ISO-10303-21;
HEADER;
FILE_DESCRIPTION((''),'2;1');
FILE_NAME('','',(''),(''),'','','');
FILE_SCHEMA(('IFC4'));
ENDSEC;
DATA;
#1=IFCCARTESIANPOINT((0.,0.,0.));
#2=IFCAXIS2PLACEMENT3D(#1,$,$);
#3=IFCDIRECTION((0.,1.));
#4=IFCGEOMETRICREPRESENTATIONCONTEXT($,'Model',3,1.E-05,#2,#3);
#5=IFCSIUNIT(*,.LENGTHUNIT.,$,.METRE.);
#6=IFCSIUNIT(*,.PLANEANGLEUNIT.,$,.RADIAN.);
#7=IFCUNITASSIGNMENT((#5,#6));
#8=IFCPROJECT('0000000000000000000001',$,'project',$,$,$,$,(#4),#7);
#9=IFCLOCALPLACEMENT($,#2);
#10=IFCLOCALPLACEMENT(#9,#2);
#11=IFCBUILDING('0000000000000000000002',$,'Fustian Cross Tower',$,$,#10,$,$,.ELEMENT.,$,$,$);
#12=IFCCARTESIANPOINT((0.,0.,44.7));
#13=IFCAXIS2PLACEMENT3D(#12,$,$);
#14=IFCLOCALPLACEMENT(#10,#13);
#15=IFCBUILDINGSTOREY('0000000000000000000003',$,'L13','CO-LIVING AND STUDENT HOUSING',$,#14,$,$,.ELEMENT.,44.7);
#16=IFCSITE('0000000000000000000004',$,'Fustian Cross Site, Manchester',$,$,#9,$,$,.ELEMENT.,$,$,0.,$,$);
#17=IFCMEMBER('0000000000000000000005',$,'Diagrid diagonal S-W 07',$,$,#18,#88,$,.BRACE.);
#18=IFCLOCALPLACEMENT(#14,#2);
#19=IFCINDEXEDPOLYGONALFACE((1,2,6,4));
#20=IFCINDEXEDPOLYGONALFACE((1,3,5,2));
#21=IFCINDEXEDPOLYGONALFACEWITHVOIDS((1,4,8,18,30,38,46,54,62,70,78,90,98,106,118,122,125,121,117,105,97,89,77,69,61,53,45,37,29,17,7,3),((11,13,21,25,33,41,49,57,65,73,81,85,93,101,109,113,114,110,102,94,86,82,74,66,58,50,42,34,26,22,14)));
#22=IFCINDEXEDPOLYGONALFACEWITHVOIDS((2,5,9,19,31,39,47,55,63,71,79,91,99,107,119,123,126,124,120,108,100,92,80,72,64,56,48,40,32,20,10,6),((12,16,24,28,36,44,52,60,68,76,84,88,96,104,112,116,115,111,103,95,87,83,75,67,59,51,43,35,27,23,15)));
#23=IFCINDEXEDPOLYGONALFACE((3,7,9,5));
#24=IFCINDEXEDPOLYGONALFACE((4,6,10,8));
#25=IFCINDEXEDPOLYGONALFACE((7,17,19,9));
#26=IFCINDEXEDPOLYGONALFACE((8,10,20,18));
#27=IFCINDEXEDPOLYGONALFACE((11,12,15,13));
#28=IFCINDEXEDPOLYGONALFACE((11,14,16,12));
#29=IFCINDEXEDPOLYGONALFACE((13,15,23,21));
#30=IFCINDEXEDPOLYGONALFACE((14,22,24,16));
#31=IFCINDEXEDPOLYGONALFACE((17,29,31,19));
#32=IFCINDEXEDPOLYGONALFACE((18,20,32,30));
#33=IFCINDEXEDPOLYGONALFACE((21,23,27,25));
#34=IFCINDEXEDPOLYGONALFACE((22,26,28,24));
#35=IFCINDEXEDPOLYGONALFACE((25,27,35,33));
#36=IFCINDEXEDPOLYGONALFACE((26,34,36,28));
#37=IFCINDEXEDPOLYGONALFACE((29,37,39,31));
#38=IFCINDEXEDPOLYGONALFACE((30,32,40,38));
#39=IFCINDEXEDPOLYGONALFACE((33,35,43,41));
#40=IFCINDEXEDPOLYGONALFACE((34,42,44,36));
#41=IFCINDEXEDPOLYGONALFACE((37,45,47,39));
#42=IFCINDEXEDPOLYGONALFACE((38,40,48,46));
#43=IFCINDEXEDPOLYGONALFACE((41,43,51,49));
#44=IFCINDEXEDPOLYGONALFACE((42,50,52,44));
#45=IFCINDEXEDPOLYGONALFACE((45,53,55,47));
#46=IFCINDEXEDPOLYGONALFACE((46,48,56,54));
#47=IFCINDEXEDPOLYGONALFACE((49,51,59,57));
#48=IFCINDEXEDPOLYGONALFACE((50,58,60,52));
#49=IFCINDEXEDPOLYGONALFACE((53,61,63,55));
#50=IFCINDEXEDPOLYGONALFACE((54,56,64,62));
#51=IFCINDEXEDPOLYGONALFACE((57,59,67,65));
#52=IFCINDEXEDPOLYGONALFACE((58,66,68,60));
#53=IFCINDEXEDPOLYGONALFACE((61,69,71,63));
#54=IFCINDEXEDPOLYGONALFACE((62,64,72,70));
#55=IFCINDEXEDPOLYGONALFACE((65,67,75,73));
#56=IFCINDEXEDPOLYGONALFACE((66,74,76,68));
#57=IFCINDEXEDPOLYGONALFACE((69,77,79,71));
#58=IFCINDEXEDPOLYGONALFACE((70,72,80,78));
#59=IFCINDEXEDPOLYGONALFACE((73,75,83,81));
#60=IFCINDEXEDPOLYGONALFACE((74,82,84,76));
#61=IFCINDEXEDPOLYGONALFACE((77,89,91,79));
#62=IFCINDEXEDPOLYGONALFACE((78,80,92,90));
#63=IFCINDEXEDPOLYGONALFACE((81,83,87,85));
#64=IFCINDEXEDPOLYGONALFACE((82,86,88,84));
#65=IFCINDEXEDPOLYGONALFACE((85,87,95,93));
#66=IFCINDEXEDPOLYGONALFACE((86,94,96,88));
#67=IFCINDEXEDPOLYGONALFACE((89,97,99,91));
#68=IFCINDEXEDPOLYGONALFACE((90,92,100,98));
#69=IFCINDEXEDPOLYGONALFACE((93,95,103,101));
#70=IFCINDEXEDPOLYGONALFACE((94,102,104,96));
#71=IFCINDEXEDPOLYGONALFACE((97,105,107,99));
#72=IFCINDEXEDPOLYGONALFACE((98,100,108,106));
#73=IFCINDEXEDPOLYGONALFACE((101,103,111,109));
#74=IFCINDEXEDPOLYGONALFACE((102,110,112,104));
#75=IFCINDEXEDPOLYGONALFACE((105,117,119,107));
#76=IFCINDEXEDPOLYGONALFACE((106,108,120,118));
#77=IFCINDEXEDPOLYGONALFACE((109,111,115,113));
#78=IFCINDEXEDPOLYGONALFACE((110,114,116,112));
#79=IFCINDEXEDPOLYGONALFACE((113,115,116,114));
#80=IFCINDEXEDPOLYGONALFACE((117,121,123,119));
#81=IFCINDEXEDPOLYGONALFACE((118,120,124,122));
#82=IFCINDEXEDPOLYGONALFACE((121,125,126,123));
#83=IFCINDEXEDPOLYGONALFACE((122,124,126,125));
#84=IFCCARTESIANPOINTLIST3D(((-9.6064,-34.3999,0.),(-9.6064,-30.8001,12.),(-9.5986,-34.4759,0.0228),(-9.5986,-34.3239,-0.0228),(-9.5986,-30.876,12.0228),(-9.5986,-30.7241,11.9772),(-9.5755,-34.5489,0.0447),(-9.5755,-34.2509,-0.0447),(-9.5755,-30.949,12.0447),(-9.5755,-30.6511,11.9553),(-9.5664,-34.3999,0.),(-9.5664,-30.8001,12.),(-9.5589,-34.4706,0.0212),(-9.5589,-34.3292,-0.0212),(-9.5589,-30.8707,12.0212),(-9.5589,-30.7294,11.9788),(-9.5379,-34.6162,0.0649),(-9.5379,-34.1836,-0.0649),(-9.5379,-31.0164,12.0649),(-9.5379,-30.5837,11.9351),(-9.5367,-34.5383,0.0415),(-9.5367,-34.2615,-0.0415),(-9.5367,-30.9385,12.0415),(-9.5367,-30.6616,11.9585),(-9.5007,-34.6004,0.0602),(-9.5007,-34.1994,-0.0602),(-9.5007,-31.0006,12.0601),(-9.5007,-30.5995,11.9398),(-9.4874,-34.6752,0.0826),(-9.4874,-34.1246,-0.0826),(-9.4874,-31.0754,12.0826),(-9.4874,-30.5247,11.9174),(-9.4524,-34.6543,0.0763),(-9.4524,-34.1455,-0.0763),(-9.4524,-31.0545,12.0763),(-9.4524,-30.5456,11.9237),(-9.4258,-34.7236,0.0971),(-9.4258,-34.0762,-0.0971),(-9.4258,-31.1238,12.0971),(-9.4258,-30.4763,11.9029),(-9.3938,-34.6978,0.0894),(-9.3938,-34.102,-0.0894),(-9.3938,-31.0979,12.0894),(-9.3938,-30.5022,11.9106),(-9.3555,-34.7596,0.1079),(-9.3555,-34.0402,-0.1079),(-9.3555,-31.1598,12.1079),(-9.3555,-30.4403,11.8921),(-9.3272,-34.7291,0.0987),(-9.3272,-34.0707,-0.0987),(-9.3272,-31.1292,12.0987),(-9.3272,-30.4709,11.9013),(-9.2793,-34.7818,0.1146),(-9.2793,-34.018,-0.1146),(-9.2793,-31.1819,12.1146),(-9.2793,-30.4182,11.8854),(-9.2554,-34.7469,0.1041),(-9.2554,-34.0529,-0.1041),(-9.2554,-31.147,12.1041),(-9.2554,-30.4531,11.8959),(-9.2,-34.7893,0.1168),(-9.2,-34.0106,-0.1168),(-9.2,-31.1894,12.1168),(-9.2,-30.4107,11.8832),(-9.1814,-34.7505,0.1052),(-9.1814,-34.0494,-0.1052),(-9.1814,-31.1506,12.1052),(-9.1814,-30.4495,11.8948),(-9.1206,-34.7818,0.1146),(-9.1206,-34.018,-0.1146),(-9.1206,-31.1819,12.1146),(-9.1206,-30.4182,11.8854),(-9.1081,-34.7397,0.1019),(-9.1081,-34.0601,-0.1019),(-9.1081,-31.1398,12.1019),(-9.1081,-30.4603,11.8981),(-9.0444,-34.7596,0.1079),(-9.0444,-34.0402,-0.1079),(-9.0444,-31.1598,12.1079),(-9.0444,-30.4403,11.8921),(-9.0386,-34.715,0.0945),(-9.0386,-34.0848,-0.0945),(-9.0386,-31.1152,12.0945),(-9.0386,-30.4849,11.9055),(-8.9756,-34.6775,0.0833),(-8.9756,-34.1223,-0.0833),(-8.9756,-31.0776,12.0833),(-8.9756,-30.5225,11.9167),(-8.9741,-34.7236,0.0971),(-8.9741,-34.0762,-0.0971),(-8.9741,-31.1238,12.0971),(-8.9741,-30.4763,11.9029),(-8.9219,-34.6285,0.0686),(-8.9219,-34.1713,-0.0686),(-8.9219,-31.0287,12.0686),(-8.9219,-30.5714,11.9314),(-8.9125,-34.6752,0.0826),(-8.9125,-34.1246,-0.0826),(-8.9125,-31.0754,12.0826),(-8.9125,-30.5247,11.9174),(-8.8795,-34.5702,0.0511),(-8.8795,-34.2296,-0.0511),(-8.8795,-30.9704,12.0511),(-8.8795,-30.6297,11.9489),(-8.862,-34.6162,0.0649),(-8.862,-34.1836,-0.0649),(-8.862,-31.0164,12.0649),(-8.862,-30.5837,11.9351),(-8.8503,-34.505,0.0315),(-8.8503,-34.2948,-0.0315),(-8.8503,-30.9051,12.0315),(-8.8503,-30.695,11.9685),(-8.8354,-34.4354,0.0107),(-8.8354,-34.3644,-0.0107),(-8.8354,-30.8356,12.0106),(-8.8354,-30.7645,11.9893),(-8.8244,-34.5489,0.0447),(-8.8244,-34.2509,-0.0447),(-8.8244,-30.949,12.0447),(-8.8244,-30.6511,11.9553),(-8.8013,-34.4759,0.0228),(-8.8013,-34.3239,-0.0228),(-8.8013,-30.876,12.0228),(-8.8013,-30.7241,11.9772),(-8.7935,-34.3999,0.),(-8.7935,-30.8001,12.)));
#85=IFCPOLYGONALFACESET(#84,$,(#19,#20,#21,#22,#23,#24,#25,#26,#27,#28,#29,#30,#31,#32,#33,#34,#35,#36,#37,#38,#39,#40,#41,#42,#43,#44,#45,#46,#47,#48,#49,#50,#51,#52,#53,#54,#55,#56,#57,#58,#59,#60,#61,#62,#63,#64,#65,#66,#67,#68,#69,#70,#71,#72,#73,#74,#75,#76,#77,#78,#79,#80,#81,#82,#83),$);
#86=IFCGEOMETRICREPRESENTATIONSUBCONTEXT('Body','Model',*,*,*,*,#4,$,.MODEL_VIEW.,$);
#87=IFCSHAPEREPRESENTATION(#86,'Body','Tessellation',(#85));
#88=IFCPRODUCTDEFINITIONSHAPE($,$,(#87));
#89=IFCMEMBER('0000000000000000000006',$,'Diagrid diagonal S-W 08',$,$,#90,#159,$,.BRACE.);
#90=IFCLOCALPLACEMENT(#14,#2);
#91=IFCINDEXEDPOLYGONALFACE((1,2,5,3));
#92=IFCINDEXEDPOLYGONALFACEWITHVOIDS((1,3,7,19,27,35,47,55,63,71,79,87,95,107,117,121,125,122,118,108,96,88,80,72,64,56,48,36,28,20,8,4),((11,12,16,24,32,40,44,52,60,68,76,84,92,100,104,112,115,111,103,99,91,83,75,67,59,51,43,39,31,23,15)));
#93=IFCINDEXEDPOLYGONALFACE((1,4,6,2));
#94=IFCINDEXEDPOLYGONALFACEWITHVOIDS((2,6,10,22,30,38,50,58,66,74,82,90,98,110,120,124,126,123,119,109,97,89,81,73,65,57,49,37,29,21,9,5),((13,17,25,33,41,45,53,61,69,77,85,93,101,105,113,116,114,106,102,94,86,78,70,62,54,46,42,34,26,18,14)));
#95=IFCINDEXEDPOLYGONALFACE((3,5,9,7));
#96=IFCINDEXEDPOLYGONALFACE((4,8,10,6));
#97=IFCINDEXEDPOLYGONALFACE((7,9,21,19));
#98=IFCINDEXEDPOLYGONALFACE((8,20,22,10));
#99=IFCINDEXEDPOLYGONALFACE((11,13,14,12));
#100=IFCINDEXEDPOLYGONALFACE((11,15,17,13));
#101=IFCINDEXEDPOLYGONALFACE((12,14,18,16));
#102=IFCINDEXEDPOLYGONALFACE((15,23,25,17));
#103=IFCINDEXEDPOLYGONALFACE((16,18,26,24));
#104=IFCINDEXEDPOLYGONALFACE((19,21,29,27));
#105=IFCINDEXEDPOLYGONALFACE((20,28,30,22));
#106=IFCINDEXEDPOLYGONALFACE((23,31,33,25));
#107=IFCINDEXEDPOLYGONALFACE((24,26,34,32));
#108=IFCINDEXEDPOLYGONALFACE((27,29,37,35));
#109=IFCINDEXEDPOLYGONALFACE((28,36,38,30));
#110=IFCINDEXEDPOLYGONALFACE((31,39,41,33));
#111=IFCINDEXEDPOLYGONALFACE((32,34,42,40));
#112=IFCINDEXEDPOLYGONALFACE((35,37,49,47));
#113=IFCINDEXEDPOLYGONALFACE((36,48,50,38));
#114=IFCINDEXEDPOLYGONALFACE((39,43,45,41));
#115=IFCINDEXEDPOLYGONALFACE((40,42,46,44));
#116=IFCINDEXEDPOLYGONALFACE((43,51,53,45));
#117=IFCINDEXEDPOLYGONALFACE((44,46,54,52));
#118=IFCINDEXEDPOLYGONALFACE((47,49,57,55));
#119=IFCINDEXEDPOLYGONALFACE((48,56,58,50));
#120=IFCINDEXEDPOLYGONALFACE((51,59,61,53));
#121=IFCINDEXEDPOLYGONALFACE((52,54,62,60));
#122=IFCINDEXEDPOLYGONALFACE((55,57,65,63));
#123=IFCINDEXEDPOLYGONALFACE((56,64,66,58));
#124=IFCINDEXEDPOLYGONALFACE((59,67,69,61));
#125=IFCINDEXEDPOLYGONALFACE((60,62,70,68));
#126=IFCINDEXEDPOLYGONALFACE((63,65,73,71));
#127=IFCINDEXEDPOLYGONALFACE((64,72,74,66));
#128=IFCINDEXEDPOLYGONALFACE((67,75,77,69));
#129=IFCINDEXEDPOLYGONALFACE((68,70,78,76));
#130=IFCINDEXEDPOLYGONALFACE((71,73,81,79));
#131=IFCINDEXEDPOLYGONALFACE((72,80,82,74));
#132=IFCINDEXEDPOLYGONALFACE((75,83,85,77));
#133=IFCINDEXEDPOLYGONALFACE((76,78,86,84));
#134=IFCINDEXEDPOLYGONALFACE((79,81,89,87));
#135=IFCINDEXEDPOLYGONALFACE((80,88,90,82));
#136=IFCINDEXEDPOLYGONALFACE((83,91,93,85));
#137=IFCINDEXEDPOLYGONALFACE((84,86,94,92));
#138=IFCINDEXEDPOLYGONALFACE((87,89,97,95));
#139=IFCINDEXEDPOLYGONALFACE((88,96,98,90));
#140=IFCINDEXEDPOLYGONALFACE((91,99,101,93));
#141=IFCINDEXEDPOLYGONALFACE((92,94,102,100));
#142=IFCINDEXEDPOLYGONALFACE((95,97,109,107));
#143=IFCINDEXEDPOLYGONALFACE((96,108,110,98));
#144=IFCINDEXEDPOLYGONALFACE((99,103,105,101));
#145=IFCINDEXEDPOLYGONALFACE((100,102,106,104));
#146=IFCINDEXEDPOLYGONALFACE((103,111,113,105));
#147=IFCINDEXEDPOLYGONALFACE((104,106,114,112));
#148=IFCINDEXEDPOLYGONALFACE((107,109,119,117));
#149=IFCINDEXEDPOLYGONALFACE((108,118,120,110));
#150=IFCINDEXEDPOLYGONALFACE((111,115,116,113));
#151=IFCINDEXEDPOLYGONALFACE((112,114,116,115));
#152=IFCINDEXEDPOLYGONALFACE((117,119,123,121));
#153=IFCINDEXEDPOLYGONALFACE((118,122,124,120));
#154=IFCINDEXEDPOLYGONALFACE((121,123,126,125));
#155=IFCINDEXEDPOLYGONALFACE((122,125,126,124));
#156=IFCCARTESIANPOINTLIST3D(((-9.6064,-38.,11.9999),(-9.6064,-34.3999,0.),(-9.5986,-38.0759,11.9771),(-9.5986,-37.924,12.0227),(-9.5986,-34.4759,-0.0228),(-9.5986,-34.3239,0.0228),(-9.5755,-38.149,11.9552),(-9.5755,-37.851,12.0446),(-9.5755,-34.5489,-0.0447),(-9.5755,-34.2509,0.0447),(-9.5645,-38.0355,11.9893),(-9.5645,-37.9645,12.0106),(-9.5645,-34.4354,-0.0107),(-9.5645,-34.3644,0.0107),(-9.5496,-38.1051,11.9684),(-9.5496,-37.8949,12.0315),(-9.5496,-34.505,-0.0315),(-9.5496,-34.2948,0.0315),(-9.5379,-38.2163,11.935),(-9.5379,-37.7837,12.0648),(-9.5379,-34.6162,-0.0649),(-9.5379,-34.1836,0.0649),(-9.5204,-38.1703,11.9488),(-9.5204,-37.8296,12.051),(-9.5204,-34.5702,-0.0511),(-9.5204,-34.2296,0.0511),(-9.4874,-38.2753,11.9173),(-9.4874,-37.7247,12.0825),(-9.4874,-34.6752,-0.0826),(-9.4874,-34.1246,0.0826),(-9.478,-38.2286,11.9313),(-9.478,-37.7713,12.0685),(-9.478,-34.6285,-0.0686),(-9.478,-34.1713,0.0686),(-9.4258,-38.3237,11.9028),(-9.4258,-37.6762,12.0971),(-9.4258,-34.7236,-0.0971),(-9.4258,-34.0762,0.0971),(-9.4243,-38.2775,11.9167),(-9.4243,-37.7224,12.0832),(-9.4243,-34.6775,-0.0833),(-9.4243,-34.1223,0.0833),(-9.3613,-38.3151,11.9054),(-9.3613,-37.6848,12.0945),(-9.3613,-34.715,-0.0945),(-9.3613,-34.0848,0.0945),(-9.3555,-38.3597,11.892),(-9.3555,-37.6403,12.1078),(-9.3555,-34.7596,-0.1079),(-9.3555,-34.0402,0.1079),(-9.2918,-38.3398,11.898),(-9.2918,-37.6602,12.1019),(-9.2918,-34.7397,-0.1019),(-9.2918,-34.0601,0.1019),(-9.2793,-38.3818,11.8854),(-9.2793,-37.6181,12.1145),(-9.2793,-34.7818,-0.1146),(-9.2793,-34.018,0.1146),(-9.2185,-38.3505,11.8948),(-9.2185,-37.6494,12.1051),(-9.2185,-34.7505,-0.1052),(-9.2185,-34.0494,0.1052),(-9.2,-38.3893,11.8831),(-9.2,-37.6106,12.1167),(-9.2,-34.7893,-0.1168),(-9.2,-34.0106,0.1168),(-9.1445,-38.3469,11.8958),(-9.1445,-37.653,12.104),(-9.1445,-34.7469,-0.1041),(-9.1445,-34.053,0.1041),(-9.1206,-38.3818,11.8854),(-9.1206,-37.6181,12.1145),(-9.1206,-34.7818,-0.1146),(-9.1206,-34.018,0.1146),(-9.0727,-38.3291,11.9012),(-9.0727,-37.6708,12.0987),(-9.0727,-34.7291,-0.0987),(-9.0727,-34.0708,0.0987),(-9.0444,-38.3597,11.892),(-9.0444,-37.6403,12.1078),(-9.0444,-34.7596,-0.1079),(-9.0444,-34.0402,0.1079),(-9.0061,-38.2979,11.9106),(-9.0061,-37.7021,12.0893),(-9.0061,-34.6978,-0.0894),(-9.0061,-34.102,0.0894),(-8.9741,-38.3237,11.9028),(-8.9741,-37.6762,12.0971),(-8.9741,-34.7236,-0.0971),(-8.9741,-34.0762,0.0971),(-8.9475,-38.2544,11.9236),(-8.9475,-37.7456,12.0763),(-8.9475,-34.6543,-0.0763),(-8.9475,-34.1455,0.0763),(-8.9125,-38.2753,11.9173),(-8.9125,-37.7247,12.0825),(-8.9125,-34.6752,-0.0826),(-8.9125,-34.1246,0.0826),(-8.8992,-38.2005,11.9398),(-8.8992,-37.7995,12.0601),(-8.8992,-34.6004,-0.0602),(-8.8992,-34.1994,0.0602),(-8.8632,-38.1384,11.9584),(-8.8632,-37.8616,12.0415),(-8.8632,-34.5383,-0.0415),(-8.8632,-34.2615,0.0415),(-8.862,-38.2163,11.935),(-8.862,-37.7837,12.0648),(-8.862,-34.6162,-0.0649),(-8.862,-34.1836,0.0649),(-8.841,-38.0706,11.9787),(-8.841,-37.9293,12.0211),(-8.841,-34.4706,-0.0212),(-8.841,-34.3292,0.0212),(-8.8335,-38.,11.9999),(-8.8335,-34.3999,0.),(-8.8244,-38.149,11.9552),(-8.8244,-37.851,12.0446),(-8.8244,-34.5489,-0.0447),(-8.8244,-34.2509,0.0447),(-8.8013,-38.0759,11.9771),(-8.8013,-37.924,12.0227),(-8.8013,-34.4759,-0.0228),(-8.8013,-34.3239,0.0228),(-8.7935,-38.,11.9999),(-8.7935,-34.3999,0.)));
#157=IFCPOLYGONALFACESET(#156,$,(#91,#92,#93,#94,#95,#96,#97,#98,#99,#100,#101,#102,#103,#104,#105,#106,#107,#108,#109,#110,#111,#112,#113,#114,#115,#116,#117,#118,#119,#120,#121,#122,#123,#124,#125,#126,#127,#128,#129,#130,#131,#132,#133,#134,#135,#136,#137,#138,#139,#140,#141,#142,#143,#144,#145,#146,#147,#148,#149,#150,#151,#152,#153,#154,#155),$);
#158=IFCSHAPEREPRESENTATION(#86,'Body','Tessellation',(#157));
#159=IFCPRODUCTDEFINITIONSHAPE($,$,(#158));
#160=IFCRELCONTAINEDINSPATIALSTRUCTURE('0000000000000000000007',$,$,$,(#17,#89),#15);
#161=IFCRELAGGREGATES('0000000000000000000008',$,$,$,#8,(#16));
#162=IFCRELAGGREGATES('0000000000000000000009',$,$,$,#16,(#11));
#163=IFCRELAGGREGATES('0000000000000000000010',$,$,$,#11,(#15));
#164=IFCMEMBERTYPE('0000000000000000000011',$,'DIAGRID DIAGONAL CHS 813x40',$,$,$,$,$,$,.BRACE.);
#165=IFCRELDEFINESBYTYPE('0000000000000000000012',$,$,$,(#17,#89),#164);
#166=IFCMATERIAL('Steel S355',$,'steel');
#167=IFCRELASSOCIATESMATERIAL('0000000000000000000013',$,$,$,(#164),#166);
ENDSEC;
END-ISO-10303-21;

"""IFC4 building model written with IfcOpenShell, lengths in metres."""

from ifc_helpers import new_model, si_unit, direction, frame, origin, origin_2d, place, context, subcontext, project, spatial, hollow_circle, extrude, material, material_profile, profile_set, type_object, element, save


model = new_model("IFC4")

# Units and contexts
model_context = context("Model", 3, precision=1e-05, world=origin(), true_north=direction((0.0, 1.0)))
body_context = subcontext(model_context, "Body", "Model", "MODEL_VIEW")
ifc_project = project(units=[si_unit("LENGTHUNIT", "METRE"), si_unit("PLANEANGLEUNIT", "RADIAN")], contexts=[model_context])

# Site, building, storey
site_placement = place(None, origin())
site = spatial("IfcSite", under=ifc_project, at=site_placement, Name="Fustian Cross Site, Manchester", CompositionType="ELEMENT", RefElevation=0.0)
building_placement = place(site_placement, origin())
building = spatial("IfcBuilding", under=site, at=building_placement, Name="Fustian Cross Tower", CompositionType="ELEMENT")
storey_placement = place(building_placement, frame((0.0, 0.0, 44.7)))
storey = spatial("IfcBuildingStorey", under=building, at=storey_placement, Name="L13", Description="CO-LIVING AND STUDENT HOUSING", CompositionType="ELEMENT", Elevation=44.7)

# Members
ifc_material_1 = material(Name="Steel S355", Category="steel")
ifc_material_profile_1 = material_profile(ifc_material_1, hollow_circle(Radius=0.4065, WallThickness=0.04, at=origin_2d()), Name="CHS 813x40")
ifc_profile_set_1 = profile_set([ifc_material_profile_1], Name="Steel S355")
member_type_1 = type_object("IfcMemberType", Name="DIAGRID DIAGONAL CHS 813x40", PredefinedType="BRACE", material=ifc_profile_set_1)
for number, where, z_axis, x_axis, name in (
    (1, (-9.2, -34.3999, 0.0), (0.0, 0.287337, 0.95783), (-1.0, 0.0, 0.0), "Diagrid diagonal S-W 07"),
    (2, (-9.2, -34.3999, 0.0), (0.0, -0.287355, 0.957824), (1.0, 0.0, 0.0), "Diagrid diagonal S-W 08"),
):
    element("IfcMember", number, at=place(storey_placement, frame(where, z_axis=z_axis, x_axis=x_axis)), inside=storey, type_object=member_type_1, Name=name, PredefinedType="BRACE", context=body_context, shape_type="SweptSolid", body=[
        extrude(hollow_circle(Radius=0.4065, WallThickness=0.04, at=origin_2d()), origin(), (0.0, 0.0, 1.0), 12.5283),
    ])

save(model, "model.ifc")
